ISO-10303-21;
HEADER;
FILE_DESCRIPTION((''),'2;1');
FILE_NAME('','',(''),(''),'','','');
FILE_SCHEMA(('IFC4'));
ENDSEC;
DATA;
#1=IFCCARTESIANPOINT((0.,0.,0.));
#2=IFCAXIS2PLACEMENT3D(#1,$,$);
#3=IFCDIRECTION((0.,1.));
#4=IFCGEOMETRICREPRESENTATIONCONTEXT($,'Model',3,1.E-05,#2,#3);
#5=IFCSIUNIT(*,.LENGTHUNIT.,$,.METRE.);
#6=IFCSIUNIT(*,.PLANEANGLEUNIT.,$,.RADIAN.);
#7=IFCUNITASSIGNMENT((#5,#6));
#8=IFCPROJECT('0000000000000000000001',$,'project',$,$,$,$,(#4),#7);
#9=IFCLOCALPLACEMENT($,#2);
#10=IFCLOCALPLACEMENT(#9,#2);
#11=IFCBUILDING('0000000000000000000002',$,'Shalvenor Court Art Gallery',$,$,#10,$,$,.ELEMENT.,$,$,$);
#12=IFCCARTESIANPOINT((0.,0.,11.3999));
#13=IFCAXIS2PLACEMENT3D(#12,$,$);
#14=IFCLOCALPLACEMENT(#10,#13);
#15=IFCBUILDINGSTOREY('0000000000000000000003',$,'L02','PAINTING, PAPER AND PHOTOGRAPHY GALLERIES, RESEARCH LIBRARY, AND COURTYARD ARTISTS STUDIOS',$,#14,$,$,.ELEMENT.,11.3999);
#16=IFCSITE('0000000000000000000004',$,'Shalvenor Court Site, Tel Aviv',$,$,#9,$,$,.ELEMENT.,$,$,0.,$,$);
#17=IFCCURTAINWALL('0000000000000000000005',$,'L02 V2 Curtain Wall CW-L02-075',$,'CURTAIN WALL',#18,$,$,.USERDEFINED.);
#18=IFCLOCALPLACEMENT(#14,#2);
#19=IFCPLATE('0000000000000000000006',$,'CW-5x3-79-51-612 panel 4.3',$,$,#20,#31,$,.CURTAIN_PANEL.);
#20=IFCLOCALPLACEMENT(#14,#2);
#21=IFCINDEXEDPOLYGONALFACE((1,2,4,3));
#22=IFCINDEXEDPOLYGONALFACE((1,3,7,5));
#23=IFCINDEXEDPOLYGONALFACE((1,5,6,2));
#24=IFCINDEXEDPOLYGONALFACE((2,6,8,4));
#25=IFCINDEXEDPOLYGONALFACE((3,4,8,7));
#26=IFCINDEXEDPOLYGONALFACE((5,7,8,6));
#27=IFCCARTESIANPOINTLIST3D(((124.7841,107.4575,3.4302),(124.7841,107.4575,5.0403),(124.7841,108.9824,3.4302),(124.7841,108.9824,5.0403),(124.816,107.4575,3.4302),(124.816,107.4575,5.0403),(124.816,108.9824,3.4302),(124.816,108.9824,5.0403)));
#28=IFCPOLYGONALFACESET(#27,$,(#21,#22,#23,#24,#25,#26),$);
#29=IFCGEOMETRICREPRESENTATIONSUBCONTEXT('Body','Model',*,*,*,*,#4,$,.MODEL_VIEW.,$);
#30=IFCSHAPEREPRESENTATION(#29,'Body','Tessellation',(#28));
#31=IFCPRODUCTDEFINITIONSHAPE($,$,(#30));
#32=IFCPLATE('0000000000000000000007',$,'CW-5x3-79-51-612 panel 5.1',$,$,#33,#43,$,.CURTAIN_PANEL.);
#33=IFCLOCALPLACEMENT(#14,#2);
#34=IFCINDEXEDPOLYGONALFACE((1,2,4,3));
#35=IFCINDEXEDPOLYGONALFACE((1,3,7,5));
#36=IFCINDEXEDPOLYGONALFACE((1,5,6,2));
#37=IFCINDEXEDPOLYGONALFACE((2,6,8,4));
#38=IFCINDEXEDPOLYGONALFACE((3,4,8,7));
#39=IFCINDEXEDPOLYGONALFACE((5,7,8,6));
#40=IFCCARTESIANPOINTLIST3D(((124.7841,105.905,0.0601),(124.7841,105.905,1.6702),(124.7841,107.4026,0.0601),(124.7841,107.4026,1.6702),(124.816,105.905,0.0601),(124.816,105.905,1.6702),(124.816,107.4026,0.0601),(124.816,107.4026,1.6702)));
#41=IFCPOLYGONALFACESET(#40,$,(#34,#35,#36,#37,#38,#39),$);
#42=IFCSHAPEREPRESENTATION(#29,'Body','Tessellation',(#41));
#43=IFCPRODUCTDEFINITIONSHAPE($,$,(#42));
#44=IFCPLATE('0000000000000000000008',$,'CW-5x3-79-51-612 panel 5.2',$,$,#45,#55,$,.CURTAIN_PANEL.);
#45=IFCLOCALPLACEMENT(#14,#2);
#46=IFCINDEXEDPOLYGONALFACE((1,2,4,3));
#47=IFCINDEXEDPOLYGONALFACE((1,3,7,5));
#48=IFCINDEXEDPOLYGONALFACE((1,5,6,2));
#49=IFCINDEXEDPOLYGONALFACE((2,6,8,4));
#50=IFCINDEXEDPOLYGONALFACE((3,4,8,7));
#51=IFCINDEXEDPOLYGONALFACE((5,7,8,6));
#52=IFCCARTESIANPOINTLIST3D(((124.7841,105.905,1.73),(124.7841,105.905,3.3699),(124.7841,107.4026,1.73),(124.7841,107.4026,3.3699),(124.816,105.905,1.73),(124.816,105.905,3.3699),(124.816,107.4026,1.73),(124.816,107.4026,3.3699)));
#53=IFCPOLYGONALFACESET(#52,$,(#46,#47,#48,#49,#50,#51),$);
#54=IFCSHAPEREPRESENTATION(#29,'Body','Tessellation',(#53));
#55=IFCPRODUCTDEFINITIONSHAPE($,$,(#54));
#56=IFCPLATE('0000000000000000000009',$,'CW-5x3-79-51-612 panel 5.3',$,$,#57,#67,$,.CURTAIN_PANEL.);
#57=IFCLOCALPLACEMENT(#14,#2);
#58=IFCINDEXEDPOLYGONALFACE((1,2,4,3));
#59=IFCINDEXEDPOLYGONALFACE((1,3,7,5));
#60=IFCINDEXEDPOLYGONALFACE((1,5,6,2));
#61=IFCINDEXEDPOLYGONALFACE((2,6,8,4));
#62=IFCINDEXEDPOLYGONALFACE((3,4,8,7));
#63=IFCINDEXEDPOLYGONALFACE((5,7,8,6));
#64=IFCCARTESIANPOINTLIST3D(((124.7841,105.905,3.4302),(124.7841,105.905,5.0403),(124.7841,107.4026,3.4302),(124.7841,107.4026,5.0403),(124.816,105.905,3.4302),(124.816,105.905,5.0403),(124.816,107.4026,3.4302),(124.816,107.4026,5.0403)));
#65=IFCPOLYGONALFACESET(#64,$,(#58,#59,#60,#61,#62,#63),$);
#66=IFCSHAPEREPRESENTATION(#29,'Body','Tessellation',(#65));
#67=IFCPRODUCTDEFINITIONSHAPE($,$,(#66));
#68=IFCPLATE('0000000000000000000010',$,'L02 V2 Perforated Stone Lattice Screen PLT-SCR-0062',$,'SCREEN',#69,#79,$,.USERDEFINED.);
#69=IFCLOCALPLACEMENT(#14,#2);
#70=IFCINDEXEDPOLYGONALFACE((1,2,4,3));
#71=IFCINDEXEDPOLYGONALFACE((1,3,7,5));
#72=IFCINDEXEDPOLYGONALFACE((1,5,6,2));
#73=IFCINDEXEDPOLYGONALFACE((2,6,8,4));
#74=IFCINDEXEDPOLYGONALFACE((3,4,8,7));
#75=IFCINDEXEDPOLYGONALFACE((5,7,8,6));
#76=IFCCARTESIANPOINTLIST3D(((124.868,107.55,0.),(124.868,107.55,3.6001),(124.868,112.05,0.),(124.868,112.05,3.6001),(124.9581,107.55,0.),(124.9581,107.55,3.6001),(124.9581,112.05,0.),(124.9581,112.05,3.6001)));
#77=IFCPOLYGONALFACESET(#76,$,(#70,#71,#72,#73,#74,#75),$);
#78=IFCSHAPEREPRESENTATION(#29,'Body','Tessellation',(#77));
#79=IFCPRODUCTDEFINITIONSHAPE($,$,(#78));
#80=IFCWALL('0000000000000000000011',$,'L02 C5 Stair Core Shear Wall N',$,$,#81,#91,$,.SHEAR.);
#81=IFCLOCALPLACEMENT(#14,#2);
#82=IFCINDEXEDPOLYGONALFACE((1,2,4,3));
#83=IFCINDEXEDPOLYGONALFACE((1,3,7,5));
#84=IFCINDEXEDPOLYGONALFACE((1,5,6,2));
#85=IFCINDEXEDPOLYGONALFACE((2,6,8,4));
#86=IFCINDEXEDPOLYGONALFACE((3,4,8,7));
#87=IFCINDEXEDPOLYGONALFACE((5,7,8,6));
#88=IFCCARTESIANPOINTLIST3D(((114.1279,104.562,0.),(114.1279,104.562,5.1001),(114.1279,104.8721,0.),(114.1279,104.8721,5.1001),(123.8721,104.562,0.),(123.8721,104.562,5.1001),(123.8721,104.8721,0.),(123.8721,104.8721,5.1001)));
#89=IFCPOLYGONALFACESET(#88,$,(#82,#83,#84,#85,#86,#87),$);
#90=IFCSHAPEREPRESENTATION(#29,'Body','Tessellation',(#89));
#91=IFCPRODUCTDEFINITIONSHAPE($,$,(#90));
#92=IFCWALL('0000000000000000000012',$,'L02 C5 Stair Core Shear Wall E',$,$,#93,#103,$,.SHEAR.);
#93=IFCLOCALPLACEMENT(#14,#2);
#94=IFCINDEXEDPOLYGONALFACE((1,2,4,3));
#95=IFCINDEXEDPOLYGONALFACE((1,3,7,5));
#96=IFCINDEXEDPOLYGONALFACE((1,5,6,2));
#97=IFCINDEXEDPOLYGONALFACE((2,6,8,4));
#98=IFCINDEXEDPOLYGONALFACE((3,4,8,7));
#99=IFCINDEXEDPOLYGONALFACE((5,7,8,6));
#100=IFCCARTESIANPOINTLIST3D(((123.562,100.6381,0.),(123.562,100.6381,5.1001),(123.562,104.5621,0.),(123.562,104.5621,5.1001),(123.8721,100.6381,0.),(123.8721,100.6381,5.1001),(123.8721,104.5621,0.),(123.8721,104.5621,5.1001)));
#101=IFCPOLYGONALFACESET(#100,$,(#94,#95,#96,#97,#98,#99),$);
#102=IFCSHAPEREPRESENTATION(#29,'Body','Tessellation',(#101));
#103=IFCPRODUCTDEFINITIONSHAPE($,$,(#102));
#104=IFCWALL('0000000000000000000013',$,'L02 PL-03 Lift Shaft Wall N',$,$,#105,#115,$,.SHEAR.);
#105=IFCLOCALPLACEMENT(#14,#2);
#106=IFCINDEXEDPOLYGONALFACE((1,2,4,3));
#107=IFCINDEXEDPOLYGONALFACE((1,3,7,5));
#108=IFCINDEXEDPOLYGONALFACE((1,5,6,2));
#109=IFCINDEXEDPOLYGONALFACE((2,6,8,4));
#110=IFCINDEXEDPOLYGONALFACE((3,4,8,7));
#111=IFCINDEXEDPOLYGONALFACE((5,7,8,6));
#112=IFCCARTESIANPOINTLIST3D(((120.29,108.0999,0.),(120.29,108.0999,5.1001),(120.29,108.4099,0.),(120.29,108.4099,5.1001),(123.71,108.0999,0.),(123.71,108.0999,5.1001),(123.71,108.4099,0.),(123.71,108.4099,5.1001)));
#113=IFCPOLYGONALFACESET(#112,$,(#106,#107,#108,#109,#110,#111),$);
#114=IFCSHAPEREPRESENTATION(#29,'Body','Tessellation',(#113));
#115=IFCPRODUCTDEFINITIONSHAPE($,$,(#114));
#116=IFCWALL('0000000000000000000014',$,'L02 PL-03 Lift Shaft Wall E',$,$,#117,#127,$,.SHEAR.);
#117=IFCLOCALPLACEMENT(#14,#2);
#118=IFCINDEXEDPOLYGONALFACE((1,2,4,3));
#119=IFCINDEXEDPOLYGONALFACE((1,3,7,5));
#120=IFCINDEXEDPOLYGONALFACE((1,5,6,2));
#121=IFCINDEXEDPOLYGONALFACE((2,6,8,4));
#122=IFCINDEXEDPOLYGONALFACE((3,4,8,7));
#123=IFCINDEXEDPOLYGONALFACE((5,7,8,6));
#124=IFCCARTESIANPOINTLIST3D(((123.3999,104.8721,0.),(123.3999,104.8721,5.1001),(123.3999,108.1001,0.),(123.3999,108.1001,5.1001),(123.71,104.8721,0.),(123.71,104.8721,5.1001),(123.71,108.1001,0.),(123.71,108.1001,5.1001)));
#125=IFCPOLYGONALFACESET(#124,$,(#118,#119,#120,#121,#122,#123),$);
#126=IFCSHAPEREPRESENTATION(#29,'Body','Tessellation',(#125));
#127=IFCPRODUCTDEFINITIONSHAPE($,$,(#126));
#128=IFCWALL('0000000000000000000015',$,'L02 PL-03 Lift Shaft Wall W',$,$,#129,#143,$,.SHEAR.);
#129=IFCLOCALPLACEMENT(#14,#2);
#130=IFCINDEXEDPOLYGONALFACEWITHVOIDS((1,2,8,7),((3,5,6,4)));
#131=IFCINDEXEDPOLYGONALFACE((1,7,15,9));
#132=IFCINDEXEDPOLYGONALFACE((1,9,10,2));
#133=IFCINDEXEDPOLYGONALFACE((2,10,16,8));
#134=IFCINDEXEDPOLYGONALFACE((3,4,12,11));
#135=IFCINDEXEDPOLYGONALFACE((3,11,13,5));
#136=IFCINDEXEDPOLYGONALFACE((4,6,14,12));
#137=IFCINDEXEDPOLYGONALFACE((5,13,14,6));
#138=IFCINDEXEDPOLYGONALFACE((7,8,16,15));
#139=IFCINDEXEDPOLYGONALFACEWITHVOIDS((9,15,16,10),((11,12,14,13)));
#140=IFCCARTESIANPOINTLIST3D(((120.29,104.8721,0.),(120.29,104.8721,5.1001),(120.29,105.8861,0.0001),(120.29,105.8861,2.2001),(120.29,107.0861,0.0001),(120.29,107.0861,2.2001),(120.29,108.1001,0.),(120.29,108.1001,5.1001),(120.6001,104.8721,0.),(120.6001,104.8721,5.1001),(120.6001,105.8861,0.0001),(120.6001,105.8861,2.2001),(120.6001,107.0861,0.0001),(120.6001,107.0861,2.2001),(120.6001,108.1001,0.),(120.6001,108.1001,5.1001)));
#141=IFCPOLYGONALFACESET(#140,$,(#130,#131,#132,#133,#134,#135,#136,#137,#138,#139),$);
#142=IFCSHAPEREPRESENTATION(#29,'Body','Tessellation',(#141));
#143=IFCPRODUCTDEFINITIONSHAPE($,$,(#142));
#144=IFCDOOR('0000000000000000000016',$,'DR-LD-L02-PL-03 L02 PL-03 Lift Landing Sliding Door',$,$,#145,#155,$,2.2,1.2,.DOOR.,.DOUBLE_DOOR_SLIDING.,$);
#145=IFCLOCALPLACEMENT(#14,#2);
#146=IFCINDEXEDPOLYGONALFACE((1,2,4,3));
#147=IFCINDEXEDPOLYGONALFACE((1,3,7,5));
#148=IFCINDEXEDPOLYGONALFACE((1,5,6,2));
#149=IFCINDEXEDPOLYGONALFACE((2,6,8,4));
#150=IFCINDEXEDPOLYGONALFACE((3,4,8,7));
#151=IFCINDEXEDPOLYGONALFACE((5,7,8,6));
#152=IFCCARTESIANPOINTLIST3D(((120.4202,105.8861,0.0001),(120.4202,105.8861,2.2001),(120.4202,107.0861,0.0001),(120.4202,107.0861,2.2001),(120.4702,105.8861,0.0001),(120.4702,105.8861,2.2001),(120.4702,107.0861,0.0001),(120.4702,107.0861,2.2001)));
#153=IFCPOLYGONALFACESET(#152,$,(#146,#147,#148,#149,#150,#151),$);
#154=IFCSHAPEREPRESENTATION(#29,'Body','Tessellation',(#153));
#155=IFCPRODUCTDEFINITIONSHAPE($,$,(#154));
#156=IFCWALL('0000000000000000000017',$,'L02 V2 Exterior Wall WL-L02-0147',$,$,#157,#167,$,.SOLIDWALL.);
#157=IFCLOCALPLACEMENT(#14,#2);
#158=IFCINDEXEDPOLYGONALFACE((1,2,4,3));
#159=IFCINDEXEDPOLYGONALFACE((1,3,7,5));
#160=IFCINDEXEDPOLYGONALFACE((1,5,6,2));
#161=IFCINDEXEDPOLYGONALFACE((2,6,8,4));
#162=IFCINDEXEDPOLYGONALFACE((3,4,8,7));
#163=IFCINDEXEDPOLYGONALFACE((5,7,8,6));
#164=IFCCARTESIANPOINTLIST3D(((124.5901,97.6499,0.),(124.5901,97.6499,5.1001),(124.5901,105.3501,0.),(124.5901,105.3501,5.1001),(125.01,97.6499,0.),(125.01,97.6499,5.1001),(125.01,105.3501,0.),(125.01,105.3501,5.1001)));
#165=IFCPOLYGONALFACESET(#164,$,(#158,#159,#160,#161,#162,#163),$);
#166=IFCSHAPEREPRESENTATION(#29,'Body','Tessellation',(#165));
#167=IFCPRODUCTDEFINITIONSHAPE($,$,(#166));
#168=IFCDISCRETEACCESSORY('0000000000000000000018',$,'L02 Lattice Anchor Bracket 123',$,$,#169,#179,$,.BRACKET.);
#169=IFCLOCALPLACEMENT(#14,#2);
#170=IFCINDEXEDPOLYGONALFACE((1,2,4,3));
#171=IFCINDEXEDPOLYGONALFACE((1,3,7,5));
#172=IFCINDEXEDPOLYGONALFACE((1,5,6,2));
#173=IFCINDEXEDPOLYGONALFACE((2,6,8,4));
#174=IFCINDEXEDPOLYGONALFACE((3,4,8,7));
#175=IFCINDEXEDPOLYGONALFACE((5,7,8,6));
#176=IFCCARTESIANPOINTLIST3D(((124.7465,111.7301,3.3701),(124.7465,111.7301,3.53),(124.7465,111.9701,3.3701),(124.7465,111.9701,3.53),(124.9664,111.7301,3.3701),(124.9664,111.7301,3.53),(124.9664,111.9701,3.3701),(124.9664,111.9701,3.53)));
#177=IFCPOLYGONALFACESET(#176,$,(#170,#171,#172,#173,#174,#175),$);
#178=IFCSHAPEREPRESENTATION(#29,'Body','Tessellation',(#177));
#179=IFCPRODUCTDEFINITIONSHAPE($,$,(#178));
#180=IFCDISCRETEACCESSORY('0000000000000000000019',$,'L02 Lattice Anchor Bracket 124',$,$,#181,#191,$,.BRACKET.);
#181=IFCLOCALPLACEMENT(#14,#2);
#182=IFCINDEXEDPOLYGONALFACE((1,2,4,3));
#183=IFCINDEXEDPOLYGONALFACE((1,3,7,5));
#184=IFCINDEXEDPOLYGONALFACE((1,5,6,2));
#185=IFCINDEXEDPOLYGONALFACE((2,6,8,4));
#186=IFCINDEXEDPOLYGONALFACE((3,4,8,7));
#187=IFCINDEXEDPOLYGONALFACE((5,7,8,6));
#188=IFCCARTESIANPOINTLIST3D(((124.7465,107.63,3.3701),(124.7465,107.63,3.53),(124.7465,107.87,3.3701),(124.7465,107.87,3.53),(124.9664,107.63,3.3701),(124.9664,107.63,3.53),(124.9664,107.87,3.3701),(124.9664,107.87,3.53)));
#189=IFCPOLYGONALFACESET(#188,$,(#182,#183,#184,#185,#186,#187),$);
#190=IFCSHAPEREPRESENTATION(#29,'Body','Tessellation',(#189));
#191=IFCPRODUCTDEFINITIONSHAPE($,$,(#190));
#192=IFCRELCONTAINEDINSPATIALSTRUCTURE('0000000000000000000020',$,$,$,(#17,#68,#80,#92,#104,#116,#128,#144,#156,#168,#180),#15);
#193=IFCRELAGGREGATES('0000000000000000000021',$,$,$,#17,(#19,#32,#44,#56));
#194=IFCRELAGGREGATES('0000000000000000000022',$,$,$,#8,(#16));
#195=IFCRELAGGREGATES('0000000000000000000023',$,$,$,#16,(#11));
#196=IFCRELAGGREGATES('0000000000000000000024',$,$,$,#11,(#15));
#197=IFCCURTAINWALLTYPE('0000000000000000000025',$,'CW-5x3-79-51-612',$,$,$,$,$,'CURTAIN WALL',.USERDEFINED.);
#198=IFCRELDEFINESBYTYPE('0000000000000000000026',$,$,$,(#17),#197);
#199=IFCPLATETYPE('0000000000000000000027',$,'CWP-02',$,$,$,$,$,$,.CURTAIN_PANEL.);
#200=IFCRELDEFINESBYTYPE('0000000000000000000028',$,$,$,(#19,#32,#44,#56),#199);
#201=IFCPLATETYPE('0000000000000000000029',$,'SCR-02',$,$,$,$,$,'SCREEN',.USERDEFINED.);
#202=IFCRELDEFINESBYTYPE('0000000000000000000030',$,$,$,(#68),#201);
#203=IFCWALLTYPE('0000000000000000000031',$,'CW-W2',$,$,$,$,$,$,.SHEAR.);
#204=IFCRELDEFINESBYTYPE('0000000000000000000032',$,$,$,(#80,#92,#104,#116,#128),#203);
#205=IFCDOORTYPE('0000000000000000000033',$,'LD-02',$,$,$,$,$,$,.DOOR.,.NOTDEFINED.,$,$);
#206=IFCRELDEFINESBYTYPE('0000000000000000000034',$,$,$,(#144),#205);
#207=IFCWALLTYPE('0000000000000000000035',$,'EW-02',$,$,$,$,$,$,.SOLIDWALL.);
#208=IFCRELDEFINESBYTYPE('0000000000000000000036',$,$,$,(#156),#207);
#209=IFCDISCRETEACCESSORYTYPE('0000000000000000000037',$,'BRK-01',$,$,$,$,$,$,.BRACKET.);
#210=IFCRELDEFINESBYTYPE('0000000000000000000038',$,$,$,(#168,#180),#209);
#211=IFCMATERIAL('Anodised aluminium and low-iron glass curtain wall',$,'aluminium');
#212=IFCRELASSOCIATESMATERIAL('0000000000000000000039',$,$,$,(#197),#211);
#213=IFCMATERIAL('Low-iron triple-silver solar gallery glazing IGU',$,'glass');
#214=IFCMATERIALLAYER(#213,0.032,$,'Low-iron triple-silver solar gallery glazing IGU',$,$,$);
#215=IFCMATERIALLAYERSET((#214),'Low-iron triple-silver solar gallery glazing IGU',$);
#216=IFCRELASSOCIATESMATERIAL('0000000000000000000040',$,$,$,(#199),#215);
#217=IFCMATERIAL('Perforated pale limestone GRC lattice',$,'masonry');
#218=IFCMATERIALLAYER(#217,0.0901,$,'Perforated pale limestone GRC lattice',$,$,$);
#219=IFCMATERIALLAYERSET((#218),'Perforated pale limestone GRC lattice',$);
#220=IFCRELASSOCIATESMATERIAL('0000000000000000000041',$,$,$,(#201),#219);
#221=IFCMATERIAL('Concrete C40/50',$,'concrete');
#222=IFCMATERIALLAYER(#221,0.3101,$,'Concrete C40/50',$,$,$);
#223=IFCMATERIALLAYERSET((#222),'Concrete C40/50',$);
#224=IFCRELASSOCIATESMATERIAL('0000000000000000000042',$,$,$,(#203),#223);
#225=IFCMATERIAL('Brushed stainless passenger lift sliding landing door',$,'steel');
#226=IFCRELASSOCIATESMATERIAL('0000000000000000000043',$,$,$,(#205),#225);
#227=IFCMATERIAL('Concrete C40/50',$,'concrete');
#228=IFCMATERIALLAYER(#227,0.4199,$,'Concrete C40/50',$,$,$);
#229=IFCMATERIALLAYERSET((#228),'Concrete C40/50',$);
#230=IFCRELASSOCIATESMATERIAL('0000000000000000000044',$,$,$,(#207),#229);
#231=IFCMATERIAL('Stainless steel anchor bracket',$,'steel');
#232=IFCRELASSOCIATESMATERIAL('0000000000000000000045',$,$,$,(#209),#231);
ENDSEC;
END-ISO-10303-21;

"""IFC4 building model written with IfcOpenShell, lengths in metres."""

from ifc_helpers import new_model, si_unit, direction, frame, frame_2d, origin, origin_2d, place, context, subcontext, project, spatial, rectangle, extrude, material, layer, layer_set, type_object, element, fill, aggregate, save


model = new_model("IFC4")

# Units and contexts
model_context = context("Model", 3, precision=1e-05, world=origin(), true_north=direction((0.0, 1.0)))
body_context = subcontext(model_context, "Body", "Model", "MODEL_VIEW")
ifc_project = project(units=[si_unit("LENGTHUNIT", "METRE"), si_unit("PLANEANGLEUNIT", "RADIAN")], contexts=[model_context])

# Site, building, storey
site_placement = place(None, origin())
site = spatial("IfcSite", under=ifc_project, at=site_placement, Name="Shalvenor Court Site, Tel Aviv", CompositionType="ELEMENT", RefElevation=0.0)
building_placement = place(site_placement, origin())
building = spatial("IfcBuilding", under=site, at=building_placement, Name="Shalvenor Court Art Gallery", CompositionType="ELEMENT")
storey_placement = place(building_placement, frame((0.0, 0.0, 11.3999)))
storey = spatial("IfcBuildingStorey", under=building, at=storey_placement, Name="L02", Description="PAINTING, PAPER AND PHOTOGRAPHY GALLERIES, RESEARCH LIBRARY, AND COURTYARD ARTISTS STUDIOS", CompositionType="ELEMENT", Elevation=11.3999)

# Curtain wall, plates
ifc_material_1 = material(Name="Anodised aluminium and low-iron glass curtain wall", Category="aluminium")
curtain_wall_type = type_object("IfcCurtainWallType", Name="CW-5x3-79-51-612", ElementType="CURTAIN WALL", PredefinedType="USERDEFINED", material=ifc_material_1)
curtain_wall_placement = place(storey_placement, origin())
curtain_wall = element("IfcCurtainWall", 1, at=curtain_wall_placement, inside=storey, type_object=curtain_wall_type, Name="L02 V2 Curtain Wall CW-L02-075", ObjectType="CURTAIN WALL", PredefinedType="USERDEFINED")
ifc_material_2 = material(Name="Low-iron triple-silver solar gallery glazing IGU", Category="glass")
ifc_layer_1 = layer(ifc_material_2, 0.032, Name="Low-iron triple-silver solar gallery glazing IGU")
ifc_layer_set_1 = layer_set([ifc_layer_1], Name="Low-iron triple-silver solar gallery glazing IGU")
plate_type_1 = type_object("IfcPlateType", Name="CWP-02", PredefinedType="CURTAIN_PANEL", material=ifc_layer_set_1)
plate_1_placement = place(storey_placement, frame((124.8, 108.22, 3.4302), z_axis=(0.0, 0.0, 1.0), x_axis=(0.0, -1.0, 0.0)))
plate_1 = element("IfcPlate", 2, at=plate_1_placement, type_object=plate_type_1, Name="CW-5x3-79-51-612 panel 4.3", PredefinedType="CURTAIN_PANEL", context=body_context, shape_type="SweptSolid", body=[
    extrude(rectangle(XDim=1.5249, YDim=0.032, at=origin_2d()), origin(), (0.0, 0.0, 1.0), 1.6101),
])
plate_2_placement = place(storey_placement, frame((124.8, 106.6538, 0.0601), z_axis=(0.0, 0.0, 1.0), x_axis=(0.0, -1.0, 0.0)))
plate_2 = element("IfcPlate", 3, at=plate_2_placement, type_object=plate_type_1, Name="CW-5x3-79-51-612 panel 5.1", PredefinedType="CURTAIN_PANEL", context=body_context, shape_type="SweptSolid", body=[
    extrude(rectangle(XDim=1.4976, YDim=0.032, at=origin_2d()), origin(), (0.0, 0.0, 1.0), 1.6101),
])
plate_3_placement = place(storey_placement, frame((124.8, 106.6538, 1.73), z_axis=(0.0, 0.0, 1.0), x_axis=(0.0, -1.0, 0.0)))
plate_3 = element("IfcPlate", 4, at=plate_3_placement, type_object=plate_type_1, Name="CW-5x3-79-51-612 panel 5.2", PredefinedType="CURTAIN_PANEL", context=body_context, shape_type="SweptSolid", body=[
    extrude(rectangle(XDim=1.4976, YDim=0.032, at=origin_2d()), origin(), (0.0, 0.0, 1.0), 1.6399),
])
plate_4_placement = place(storey_placement, frame((124.8, 106.6538, 3.4302), z_axis=(0.0, 0.0, 1.0), x_axis=(0.0, -1.0, 0.0)))
plate_4 = element("IfcPlate", 5, at=plate_4_placement, type_object=plate_type_1, Name="CW-5x3-79-51-612 panel 5.3", PredefinedType="CURTAIN_PANEL", context=body_context, shape_type="SweptSolid", body=[
    extrude(rectangle(XDim=1.4976, YDim=0.032, at=origin_2d()), origin(), (0.0, 0.0, 1.0), 1.6101),
])
aggregate(curtain_wall, [plate_1, plate_2, plate_3, plate_4])

# Plate
ifc_material_3 = material(Name="Perforated pale limestone GRC lattice", Category="masonry")
ifc_layer_2 = layer(ifc_material_3, 0.0901, Name="Perforated pale limestone GRC lattice")
ifc_layer_set_2 = layer_set([ifc_layer_2], Name="Perforated pale limestone GRC lattice")
plate_type_2 = type_object("IfcPlateType", Name="SCR-02", ElementType="SCREEN", PredefinedType="USERDEFINED", material=ifc_layer_set_2)
plate_5_placement = place(storey_placement, frame((124.9131, 109.8, 0.0), z_axis=(0.0, 0.0, 1.0), x_axis=(0.0, -1.0, 0.0)))
element("IfcPlate", 6, at=plate_5_placement, inside=storey, type_object=plate_type_2, Name="L02 V2 Perforated Stone Lattice Screen PLT-SCR-0062", ObjectType="SCREEN", PredefinedType="USERDEFINED", context=body_context, shape_type="SweptSolid", body=[
    extrude(rectangle(XDim=4.5, YDim=0.0901, at=origin_2d()), origin(), (0.0, 0.0, 1.0), 3.6001),
])

# Walls
ifc_material_4 = material(Name="Concrete C40/50", Category="concrete")
ifc_layer_3 = layer(ifc_material_4, 0.3101, Name="Concrete C40/50")
ifc_layer_set_3 = layer_set([ifc_layer_3], Name="Concrete C40/50")
wall_type_1 = type_object("IfcWallType", Name="CW-W2", PredefinedType="SHEAR", material=ifc_layer_set_3)
wall_1_placement = place(storey_placement, frame((114.1279, 104.717, 0.0), z_axis=(0.0, 0.0, 1.0), x_axis=(1.0, 0.0, 0.0)))
element("IfcWall", 7, at=wall_1_placement, inside=storey, type_object=wall_type_1, Name="L02 C5 Stair Core Shear Wall N", PredefinedType="SHEAR", context=body_context, shape_type="SweptSolid", body=[
    extrude(rectangle(XDim=9.7441, YDim=0.3101, at=frame_2d((4.8721, 0.0))), origin(), (0.0, 0.0, 1.0), 5.1001),
])
wall_2_placement = place(storey_placement, frame((123.717, 104.562, 0.0), z_axis=(0.0, 0.0, 1.0), x_axis=(0.0, -1.0, 0.0)))
element("IfcWall", 8, at=wall_2_placement, inside=storey, type_object=wall_type_1, Name="L02 C5 Stair Core Shear Wall E", PredefinedType="SHEAR", context=body_context, shape_type="SweptSolid", body=[
    extrude(rectangle(XDim=3.9241, YDim=0.3101, at=frame_2d((1.9619, 0.0))), origin(), (0.0, 0.0, 1.0), 5.1001),
])
wall_3_placement = place(storey_placement, frame((120.29, 108.2549, 0.0), z_axis=(0.0, 0.0, 1.0), x_axis=(1.0, 0.0, 0.0)))
element("IfcWall", 9, at=wall_3_placement, inside=storey, type_object=wall_type_1, Name="L02 PL-03 Lift Shaft Wall N", PredefinedType="SHEAR", context=body_context, shape_type="SweptSolid", body=[
    extrude(rectangle(XDim=3.4199, YDim=0.3101, at=frame_2d((1.71, 0.0))), origin(), (0.0, 0.0, 1.0), 5.1001),
])
wall_4_placement = place(storey_placement, frame((123.5549, 108.1001, 0.0), z_axis=(0.0, 0.0, 1.0), x_axis=(0.0, -1.0, 0.0)))
element("IfcWall", 10, at=wall_4_placement, inside=storey, type_object=wall_type_1, Name="L02 PL-03 Lift Shaft Wall E", PredefinedType="SHEAR", context=body_context, shape_type="SweptSolid", body=[
    extrude(rectangle(XDim=3.228, YDim=0.3101, at=frame_2d((1.614, 0.0))), origin(), (0.0, 0.0, 1.0), 5.1001),
])

# Wall, opening, door
wall_5_placement = place(storey_placement, frame((120.4451, 104.8721, 0.0), z_axis=(0.0, 0.0, 1.0), x_axis=(0.0, 1.0, 0.0)))
wall_5 = element("IfcWall", 11, at=wall_5_placement, inside=storey, type_object=wall_type_1, Name="L02 PL-03 Lift Shaft Wall W", PredefinedType="SHEAR", context=body_context, shape_type="SweptSolid", body=[
    extrude(rectangle(XDim=3.228, YDim=0.3101, at=frame_2d((1.614, 0.0))), origin(), (0.0, 0.0, 1.0), 5.1001),
])
opening_placement = place(wall_5_placement, frame((1.0139, 0.0, 0.0)))
opening = element("IfcOpeningElement", 12, at=opening_placement, cuts=wall_5, PredefinedType="OPENING", context=body_context, shape_type="SweptSolid", body=[
    extrude(rectangle(XDim=1.2, YDim=2.2, at=frame_2d((0.6001, 1.1001))), frame((0.0, 0.165, 0.0), z_axis=(0.0, -1.0, 0.0), x_axis=(1.0, 0.0, 0.0)), (0.0, 0.0, 1.0), 0.3301),
])
ifc_material_5 = material(Name="Brushed stainless passenger lift sliding landing door", Category="steel")
door_type = type_object("IfcDoorType", Name="LD-02", OperationType="NOTDEFINED", PredefinedType="DOOR", material=ifc_material_5)
door_placement = place(opening_placement, origin())
door = element("IfcDoor", 13, at=door_placement, inside=storey, type_object=door_type, Name="DR-LD-L02-PL-03 L02 PL-03 Lift Landing Sliding Door", OperationType="DOUBLE_DOOR_SLIDING", OverallHeight=2.2, OverallWidth=1.2, PredefinedType="DOOR", context=body_context, shape_type="SweptSolid", body=[
    extrude(rectangle(XDim=1.2, YDim=2.2, at=frame_2d((0.6001, 1.1001))), frame((0.0, 0.0249, 0.0), z_axis=(0.0, -1.0, 0.0), x_axis=(1.0, 0.0, 0.0)), (0.0, 0.0, 1.0), 0.05),
])
fill(opening, door)

# Wall
ifc_material_6 = material(Name="Concrete C40/50", Category="concrete")
ifc_layer_4 = layer(ifc_material_6, 0.4199, Name="Concrete C40/50")
ifc_layer_set_4 = layer_set([ifc_layer_4], Name="Concrete C40/50")
wall_type_2 = type_object("IfcWallType", Name="EW-02", PredefinedType="SOLIDWALL", material=ifc_layer_set_4)
wall_6_placement = place(storey_placement, frame((124.8, 105.3501, 0.0), z_axis=(0.0, 0.0, 1.0), x_axis=(0.0, -1.0, 0.0)))
element("IfcWall", 14, at=wall_6_placement, inside=storey, type_object=wall_type_2, Name="L02 V2 Exterior Wall WL-L02-0147", PredefinedType="SOLIDWALL", context=body_context, shape_type="SweptSolid", body=[
    extrude(rectangle(XDim=7.7002, YDim=0.4199, at=frame_2d((3.8501, 0.0))), origin(), (0.0, 0.0, 1.0), 5.1001),
])

# Discrete accessories
ifc_material_7 = material(Name="Stainless steel anchor bracket", Category="steel")
discrete_accessory_type = type_object("IfcDiscreteAccessoryType", Name="BRK-01", PredefinedType="BRACKET", material=ifc_material_7)
for number, where, z_axis, x_axis, name in (
    (15, (124.8564, 111.8501, 3.3701), (0.0, 0.0, 1.0), (0.0, -1.0, 0.0), "L02 Lattice Anchor Bracket 123"),
    (16, (124.8564, 107.75, 3.3701), (0.0, 0.0, 1.0), (0.0, -1.0, 0.0), "L02 Lattice Anchor Bracket 124"),
):
    element("IfcDiscreteAccessory", number, at=place(storey_placement, frame(where, z_axis=z_axis, x_axis=x_axis)), inside=storey, type_object=discrete_accessory_type, Name=name, PredefinedType="BRACKET", context=body_context, shape_type="SweptSolid", body=[
        extrude(rectangle(XDim=0.24, YDim=0.22, at=origin_2d()), origin(), (0.0, 0.0, 1.0), 0.1599),
    ])

save(model, "model.ifc")
